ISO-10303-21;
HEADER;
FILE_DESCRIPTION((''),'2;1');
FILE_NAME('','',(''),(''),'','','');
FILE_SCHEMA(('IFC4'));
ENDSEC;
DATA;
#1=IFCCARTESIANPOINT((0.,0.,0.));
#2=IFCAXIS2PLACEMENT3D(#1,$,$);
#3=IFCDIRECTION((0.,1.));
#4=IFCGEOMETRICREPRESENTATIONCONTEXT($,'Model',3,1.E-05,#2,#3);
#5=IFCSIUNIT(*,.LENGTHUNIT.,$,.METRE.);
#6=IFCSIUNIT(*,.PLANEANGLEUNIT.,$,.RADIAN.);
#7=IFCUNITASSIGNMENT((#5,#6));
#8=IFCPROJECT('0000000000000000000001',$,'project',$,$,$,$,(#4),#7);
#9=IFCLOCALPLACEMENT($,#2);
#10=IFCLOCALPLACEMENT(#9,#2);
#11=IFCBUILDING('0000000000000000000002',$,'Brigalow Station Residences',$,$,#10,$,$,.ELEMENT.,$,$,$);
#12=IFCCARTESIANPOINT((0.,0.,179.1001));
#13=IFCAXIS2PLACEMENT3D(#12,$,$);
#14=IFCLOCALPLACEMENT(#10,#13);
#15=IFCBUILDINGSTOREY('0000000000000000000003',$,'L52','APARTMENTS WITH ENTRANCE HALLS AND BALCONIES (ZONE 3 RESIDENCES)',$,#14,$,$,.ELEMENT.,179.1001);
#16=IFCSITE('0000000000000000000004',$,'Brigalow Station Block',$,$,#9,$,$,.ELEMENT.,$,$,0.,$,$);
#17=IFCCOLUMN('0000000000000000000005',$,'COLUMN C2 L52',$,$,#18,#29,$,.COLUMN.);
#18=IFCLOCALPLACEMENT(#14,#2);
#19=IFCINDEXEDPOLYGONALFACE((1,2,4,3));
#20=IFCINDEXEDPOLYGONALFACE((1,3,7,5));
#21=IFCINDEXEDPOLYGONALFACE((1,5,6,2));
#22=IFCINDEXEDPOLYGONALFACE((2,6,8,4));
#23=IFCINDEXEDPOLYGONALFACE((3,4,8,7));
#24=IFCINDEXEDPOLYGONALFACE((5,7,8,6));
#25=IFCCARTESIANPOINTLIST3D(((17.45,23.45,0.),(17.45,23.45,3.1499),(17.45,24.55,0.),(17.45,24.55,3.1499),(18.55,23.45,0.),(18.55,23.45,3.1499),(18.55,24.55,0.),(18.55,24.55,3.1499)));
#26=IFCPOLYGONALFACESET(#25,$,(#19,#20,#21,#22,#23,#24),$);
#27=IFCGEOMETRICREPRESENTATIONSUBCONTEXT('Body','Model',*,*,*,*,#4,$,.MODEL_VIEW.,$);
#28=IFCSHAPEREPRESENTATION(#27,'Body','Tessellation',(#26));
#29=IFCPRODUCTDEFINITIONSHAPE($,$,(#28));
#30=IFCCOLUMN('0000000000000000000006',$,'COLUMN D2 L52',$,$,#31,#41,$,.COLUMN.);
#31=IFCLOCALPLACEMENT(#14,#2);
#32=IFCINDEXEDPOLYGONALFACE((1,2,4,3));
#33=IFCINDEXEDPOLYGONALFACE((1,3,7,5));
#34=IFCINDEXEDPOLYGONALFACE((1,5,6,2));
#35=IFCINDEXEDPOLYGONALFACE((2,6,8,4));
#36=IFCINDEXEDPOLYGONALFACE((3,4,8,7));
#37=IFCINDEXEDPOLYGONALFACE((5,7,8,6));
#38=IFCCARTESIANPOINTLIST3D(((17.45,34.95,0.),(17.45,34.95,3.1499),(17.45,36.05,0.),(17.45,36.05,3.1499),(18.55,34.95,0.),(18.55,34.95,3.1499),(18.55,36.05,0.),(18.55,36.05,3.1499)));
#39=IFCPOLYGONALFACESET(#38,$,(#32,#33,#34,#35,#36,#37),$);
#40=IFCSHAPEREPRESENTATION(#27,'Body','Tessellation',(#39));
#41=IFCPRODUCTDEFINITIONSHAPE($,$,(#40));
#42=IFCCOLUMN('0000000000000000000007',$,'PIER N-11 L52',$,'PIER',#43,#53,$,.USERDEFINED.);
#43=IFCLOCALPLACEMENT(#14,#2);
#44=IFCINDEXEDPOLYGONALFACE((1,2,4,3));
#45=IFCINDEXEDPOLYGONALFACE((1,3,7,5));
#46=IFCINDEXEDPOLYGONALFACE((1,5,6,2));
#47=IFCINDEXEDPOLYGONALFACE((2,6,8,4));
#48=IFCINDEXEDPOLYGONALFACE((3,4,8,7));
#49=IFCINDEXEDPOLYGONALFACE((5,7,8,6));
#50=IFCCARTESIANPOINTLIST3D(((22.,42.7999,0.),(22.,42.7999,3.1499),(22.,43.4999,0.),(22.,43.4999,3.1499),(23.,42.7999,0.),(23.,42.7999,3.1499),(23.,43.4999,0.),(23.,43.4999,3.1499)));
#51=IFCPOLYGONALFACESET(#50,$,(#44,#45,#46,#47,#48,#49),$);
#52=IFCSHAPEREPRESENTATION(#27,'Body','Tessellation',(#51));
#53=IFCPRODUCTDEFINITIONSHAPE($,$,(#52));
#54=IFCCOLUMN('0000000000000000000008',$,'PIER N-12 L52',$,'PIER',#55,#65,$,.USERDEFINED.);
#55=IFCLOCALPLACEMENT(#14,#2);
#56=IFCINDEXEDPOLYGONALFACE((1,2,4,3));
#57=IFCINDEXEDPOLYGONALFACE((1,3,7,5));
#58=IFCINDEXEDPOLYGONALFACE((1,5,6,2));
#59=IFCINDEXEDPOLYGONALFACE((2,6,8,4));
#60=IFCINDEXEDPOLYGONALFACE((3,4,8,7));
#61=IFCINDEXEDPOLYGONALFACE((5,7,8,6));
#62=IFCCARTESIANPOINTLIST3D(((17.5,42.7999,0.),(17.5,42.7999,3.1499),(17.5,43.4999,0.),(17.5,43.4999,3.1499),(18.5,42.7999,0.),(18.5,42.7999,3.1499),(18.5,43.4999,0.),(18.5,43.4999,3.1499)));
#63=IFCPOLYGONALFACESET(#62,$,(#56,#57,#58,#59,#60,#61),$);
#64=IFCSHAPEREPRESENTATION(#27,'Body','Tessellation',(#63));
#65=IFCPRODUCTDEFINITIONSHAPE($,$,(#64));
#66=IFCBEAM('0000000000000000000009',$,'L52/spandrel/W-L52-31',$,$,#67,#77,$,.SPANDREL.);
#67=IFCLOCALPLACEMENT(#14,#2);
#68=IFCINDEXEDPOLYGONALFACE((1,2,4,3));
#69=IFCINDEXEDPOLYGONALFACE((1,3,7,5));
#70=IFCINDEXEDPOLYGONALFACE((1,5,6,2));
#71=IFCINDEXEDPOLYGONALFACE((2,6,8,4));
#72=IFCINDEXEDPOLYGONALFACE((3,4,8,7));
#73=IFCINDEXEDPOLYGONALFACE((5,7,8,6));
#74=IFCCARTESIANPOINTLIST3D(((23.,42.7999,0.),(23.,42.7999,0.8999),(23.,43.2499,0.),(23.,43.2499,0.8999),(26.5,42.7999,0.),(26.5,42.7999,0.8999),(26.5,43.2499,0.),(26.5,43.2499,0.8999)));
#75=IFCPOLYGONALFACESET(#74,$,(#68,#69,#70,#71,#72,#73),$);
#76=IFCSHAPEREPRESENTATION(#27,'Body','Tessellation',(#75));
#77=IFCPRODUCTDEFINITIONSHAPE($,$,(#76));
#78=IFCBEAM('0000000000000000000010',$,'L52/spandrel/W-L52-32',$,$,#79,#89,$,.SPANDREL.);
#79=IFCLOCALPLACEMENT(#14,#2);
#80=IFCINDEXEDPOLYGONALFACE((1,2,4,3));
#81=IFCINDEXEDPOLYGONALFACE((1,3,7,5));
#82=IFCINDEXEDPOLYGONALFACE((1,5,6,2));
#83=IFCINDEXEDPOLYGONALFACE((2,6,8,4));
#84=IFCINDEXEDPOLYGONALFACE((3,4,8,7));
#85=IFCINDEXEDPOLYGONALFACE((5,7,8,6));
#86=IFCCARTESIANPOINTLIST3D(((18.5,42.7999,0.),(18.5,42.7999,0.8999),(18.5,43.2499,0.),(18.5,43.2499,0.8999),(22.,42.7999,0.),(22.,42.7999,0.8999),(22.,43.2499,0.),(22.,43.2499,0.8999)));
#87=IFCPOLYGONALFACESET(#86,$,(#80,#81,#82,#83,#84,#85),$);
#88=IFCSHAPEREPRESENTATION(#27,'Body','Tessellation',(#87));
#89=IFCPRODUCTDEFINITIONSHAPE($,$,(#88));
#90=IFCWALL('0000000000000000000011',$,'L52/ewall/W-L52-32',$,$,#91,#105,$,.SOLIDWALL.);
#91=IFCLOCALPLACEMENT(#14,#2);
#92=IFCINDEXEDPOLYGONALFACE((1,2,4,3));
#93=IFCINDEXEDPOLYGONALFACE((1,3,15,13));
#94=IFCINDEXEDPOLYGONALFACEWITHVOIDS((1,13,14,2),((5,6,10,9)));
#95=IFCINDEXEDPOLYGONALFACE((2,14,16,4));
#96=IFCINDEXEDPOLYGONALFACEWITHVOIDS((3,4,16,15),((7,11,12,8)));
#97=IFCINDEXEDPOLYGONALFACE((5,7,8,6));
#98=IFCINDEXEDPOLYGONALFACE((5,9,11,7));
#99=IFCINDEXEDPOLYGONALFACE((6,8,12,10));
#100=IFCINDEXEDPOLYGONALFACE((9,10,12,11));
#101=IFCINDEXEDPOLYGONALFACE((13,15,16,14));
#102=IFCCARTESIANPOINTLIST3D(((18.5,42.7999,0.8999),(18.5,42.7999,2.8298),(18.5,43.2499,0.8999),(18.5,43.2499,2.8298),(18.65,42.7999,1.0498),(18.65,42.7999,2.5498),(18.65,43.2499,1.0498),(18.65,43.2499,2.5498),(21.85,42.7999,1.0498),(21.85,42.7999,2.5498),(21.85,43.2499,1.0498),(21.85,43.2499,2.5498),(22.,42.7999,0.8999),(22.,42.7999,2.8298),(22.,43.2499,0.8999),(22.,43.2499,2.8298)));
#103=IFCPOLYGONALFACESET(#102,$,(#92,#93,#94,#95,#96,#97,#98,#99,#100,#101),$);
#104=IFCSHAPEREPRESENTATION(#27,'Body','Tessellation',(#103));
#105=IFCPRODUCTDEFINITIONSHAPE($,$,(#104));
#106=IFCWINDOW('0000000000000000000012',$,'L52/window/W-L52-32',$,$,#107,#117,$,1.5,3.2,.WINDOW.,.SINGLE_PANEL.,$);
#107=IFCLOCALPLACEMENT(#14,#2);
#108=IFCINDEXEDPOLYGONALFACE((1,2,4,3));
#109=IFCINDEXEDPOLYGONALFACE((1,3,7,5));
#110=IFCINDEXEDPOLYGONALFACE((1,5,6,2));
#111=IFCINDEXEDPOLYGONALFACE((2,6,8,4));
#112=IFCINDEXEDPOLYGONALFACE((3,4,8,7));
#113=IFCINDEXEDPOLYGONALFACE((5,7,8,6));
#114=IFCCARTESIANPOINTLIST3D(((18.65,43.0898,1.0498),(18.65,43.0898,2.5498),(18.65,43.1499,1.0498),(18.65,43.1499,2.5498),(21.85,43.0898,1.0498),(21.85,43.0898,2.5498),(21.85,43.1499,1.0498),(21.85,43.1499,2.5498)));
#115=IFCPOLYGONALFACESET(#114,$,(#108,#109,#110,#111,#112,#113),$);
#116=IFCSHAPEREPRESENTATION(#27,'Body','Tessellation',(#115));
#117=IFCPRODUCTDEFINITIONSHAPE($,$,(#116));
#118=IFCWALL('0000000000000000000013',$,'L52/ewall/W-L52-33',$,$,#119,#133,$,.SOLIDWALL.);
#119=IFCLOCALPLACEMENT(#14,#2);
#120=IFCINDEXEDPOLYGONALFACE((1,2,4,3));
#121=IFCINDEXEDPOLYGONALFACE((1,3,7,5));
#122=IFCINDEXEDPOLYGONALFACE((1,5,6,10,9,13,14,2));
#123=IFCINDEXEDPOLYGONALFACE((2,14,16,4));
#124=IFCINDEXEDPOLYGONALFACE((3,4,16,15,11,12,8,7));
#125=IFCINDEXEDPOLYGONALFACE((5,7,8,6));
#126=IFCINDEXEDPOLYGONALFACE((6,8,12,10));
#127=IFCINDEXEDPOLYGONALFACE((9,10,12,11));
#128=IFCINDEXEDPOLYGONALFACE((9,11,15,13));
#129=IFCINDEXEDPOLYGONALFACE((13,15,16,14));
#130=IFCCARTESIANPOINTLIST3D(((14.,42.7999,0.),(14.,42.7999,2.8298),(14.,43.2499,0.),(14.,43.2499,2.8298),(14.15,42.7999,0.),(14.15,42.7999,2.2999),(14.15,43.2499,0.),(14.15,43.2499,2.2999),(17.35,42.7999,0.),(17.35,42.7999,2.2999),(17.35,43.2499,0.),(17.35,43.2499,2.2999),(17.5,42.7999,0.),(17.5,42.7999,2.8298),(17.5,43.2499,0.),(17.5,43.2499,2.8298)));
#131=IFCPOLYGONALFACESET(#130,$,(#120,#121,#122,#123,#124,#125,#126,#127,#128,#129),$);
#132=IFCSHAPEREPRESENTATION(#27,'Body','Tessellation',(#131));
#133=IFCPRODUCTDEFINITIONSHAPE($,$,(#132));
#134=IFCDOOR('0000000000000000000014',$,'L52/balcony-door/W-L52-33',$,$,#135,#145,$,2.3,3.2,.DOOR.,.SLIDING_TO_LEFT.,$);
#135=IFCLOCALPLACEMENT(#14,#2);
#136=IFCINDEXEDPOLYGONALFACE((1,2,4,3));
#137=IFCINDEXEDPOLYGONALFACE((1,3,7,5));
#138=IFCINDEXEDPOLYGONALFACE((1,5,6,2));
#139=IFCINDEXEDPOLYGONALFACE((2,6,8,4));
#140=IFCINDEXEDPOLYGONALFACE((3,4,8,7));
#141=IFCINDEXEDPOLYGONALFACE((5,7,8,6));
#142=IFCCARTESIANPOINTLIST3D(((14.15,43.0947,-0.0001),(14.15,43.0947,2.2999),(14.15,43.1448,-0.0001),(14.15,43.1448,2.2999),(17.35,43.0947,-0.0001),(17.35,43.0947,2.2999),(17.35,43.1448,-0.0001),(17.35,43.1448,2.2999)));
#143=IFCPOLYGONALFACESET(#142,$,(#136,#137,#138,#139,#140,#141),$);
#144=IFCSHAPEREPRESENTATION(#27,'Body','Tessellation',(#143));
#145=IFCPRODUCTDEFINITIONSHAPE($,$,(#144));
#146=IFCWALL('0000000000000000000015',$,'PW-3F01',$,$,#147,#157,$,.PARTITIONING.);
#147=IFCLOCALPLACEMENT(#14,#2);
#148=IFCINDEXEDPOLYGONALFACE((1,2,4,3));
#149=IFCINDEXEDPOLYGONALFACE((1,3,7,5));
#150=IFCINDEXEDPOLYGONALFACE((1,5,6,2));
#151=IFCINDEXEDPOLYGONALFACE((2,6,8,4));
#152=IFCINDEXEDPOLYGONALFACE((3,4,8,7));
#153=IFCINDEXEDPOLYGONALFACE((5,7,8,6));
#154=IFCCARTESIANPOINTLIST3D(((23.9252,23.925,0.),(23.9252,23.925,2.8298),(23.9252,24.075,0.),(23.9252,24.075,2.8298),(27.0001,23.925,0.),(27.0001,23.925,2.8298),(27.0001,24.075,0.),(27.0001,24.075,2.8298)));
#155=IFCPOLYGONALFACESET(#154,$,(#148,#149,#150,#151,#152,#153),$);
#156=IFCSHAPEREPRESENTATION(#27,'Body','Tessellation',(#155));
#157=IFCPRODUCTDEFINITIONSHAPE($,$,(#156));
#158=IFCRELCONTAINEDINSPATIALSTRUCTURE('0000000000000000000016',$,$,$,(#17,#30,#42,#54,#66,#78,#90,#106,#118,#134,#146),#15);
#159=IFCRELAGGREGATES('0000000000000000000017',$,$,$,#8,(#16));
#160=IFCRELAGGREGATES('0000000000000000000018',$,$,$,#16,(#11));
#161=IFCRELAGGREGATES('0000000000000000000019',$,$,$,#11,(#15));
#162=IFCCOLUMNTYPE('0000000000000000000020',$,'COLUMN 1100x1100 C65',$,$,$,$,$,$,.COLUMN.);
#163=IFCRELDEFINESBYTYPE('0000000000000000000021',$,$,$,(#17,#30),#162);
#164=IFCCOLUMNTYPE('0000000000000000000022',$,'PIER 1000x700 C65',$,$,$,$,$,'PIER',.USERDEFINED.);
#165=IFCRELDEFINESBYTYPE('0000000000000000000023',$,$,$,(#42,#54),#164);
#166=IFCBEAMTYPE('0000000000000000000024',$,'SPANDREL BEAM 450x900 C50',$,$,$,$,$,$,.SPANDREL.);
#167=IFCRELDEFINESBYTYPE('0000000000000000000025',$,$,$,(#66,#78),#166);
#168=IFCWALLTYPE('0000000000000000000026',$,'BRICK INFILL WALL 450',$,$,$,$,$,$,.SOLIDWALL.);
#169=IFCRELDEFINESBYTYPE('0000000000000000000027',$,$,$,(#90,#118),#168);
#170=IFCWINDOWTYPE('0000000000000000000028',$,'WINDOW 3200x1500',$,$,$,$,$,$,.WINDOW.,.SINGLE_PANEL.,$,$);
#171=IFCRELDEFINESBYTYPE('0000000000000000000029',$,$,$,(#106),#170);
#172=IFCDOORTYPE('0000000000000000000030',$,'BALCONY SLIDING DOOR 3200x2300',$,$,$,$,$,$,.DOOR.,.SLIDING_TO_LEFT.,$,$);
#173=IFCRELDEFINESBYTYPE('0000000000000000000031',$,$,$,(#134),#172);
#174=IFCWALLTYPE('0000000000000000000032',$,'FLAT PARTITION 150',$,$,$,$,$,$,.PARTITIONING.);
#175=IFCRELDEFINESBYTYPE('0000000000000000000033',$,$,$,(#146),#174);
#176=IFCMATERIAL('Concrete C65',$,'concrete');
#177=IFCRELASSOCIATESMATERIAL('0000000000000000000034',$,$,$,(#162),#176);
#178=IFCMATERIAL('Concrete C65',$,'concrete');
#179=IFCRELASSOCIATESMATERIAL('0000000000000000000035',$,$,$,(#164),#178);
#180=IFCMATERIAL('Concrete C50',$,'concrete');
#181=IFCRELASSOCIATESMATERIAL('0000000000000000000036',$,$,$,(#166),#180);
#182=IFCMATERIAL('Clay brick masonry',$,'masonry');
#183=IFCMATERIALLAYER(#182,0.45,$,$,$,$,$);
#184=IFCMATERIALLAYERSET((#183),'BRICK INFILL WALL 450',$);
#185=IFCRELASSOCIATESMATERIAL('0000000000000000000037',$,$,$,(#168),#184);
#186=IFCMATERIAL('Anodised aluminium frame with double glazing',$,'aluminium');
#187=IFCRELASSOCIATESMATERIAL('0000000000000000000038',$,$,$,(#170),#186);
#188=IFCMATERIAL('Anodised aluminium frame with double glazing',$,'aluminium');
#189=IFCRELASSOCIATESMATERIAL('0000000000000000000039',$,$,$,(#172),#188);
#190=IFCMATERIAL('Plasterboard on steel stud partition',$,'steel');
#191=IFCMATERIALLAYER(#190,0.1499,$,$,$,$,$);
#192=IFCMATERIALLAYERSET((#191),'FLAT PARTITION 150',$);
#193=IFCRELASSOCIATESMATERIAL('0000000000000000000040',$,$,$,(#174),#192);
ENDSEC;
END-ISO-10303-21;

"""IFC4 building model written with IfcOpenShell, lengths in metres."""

from ifc_helpers import new_model, si_unit, direction, frame, frame_2d, origin, origin_2d, place, context, subcontext, project, spatial, rectangle, extrude, material, layer, layer_set, material_profile, profile_set, type_object, element, fill, save


model = new_model("IFC4")

# Units and contexts
model_context = context("Model", 3, precision=1e-05, world=origin(), true_north=direction((0.0, 1.0)))
body_context = subcontext(model_context, "Body", "Model", "MODEL_VIEW")
ifc_project = project(units=[si_unit("LENGTHUNIT", "METRE"), si_unit("PLANEANGLEUNIT", "RADIAN")], contexts=[model_context])

# Site, building, storey
site_placement = place(None, origin())
site = spatial("IfcSite", under=ifc_project, at=site_placement, Name="Brigalow Station Block", CompositionType="ELEMENT", RefElevation=0.0)
building_placement = place(site_placement, origin())
building = spatial("IfcBuilding", under=site, at=building_placement, Name="Brigalow Station Residences", CompositionType="ELEMENT")
storey_placement = place(building_placement, frame((0.0, 0.0, 179.1001)))
storey = spatial("IfcBuildingStorey", under=building, at=storey_placement, Name="L52", Description="APARTMENTS WITH ENTRANCE HALLS AND BALCONIES (ZONE 3 RESIDENCES)", CompositionType="ELEMENT", Elevation=179.1001)

# Columns
ifc_material_1 = material(Name="Concrete C65", Category="concrete")
ifc_material_profile_1 = material_profile(ifc_material_1, rectangle(XDim=1.1001, YDim=1.1001, at=origin_2d()), Name="RC1100x1100")
ifc_profile_set_1 = profile_set([ifc_material_profile_1], Name="Concrete C65")
column_type_1 = type_object("IfcColumnType", Name="COLUMN 1100x1100 C65", PredefinedType="COLUMN", material=ifc_profile_set_1)
for number, where, z_axis, x_axis, name in (
    (1, (18.0, 24.0, 0.0), (0.0, 0.0, 1.0), (1.0, 0.0, 0.0), "COLUMN C2 L52"),
    (2, (18.0, 35.5, 0.0), (0.0, 0.0, 1.0), (1.0, 0.0, 0.0), "COLUMN D2 L52"),
):
    element("IfcColumn", number, at=place(storey_placement, frame(where, z_axis=z_axis, x_axis=x_axis)), inside=storey, type_object=column_type_1, Name=name, PredefinedType="COLUMN", context=body_context, shape_type="SweptSolid", body=[
        extrude(rectangle(XDim=1.1001, YDim=1.1001, at=origin_2d()), origin(), (0.0, 0.0, 1.0), 3.1499),
    ])
ifc_material_2 = material(Name="Concrete C65", Category="concrete")
ifc_material_profile_2 = material_profile(ifc_material_2, rectangle(XDim=1.0, YDim=0.7, at=origin_2d()), Name="RC1000x700")
ifc_profile_set_2 = profile_set([ifc_material_profile_2], Name="Concrete C65")
column_type_2 = type_object("IfcColumnType", Name="PIER 1000x700 C65", ElementType="PIER", PredefinedType="USERDEFINED", material=ifc_profile_set_2)
for number, where, z_axis, x_axis, name in (
    (3, (22.5, 43.1499, 0.0), (0.0, 0.0, 1.0), (-1.0, 0.0, 0.0), "PIER N-11 L52"),
    (4, (18.0, 43.1499, 0.0), (0.0, 0.0, 1.0), (-1.0, 0.0, 0.0), "PIER N-12 L52"),
):
    element("IfcColumn", number, at=place(storey_placement, frame(where, z_axis=z_axis, x_axis=x_axis)), inside=storey, type_object=column_type_2, Name=name, ObjectType="PIER", PredefinedType="USERDEFINED", context=body_context, shape_type="SweptSolid", body=[
        extrude(rectangle(XDim=1.0, YDim=0.7, at=origin_2d()), origin(), (0.0, 0.0, 1.0), 3.1499),
    ])

# Beams
ifc_material_3 = material(Name="Concrete C50", Category="concrete")
ifc_material_profile_3 = material_profile(ifc_material_3, rectangle(XDim=0.45, YDim=0.8999, at=origin_2d()), Name="RC450x900")
ifc_profile_set_3 = profile_set([ifc_material_profile_3], Name="Concrete C50")
beam_type = type_object("IfcBeamType", Name="SPANDREL BEAM 450x900 C50", PredefinedType="SPANDREL", material=ifc_profile_set_3)
for number, where, z_axis, x_axis, name in (
    (5, (26.5, 43.0249, 0.45), (-1.0, 0.0, 0.0), (0.0, -1.0, 0.0), "L52/spandrel/W-L52-31"),
    (6, (22.0, 43.0249, 0.45), (-1.0, 0.0, 0.0), (0.0, -1.0, 0.0), "L52/spandrel/W-L52-32"),
):
    element("IfcBeam", number, at=place(storey_placement, frame(where, z_axis=z_axis, x_axis=x_axis)), inside=storey, type_object=beam_type, Name=name, PredefinedType="SPANDREL", context=body_context, shape_type="SweptSolid", body=[
        extrude(rectangle(XDim=0.45, YDim=0.8999, at=origin_2d()), origin(), (0.0, 0.0, 1.0), 3.5),
    ])

# Wall, opening, window
ifc_material_4 = material(Name="Clay brick masonry", Category="masonry")
ifc_layer_1 = layer(ifc_material_4, 0.45)
ifc_layer_set_1 = layer_set([ifc_layer_1], Name="BRICK INFILL WALL 450")
wall_type_1 = type_object("IfcWallType", Name="BRICK INFILL WALL 450", PredefinedType="SOLIDWALL", material=ifc_layer_set_1)
wall_1_placement = place(storey_placement, frame((22.0, 43.0249, 0.8999), z_axis=(0.0, 0.0, 1.0), x_axis=(-1.0, 0.0, 0.0)))
wall_1 = element("IfcWall", 7, at=wall_1_placement, inside=storey, type_object=wall_type_1, Name="L52/ewall/W-L52-32", PredefinedType="SOLIDWALL", context=body_context, shape_type="SweptSolid", body=[
    extrude(rectangle(XDim=3.5, YDim=0.45, at=frame_2d((1.75, 0.0))), origin(), (0.0, 0.0, 1.0), 1.9299),
])
opening_1_placement = place(wall_1_placement, frame((0.1499, 0.0, 0.1499)))
opening_1 = element("IfcOpeningElement", 8, at=opening_1_placement, cuts=wall_1, PredefinedType="OPENING", context=body_context, shape_type="SweptSolid", body=[
    extrude(rectangle(XDim=3.2, YDim=1.5, at=frame_2d((1.6001, 0.75))), frame((0.0, 0.2349, 0.0), z_axis=(0.0, -1.0, 0.0), x_axis=(1.0, 0.0, 0.0)), (0.0, 0.0, 1.0), 0.47),
])
ifc_material_5 = material(Name="Anodised aluminium frame with double glazing", Category="aluminium")
window_type = type_object("IfcWindowType", Name="WINDOW 3200x1500", PartitioningType="SINGLE_PANEL", PredefinedType="WINDOW", material=ifc_material_5)
window_placement = place(opening_1_placement, origin())
window = element("IfcWindow", 9, at=window_placement, inside=storey, type_object=window_type, Name="L52/window/W-L52-32", OverallHeight=1.5, OverallWidth=3.2, PartitioningType="SINGLE_PANEL", PredefinedType="WINDOW", context=body_context, shape_type="SweptSolid", body=[
    extrude(rectangle(XDim=3.2, YDim=1.5, at=frame_2d((1.6001, 0.75))), frame((0.0, -0.0649, 0.0), z_axis=(0.0, -1.0, 0.0), x_axis=(1.0, 0.0, 0.0)), (0.0, 0.0, 1.0), 0.0601),
])
fill(opening_1, window)

# Wall, opening, door
wall_2_placement = place(storey_placement, frame((17.5, 43.0249, 0.0), z_axis=(0.0, 0.0, 1.0), x_axis=(-1.0, 0.0, 0.0)))
wall_2 = element("IfcWall", 10, at=wall_2_placement, inside=storey, type_object=wall_type_1, Name="L52/ewall/W-L52-33", PredefinedType="SOLIDWALL", context=body_context, shape_type="SweptSolid", body=[
    extrude(rectangle(XDim=3.5, YDim=0.45, at=frame_2d((1.75, 0.0))), origin(), (0.0, 0.0, 1.0), 2.8298),
])
opening_2_placement = place(wall_2_placement, frame((0.1499, 0.0, 0.0)))
opening_2 = element("IfcOpeningElement", 11, at=opening_2_placement, cuts=wall_2, PredefinedType="OPENING", context=body_context, shape_type="SweptSolid", body=[
    extrude(rectangle(XDim=3.2, YDim=2.3, at=frame_2d((1.6001, 1.1499))), frame((0.0, 0.2349, 0.0), z_axis=(0.0, -1.0, 0.0), x_axis=(1.0, 0.0, 0.0)), (0.0, 0.0, 1.0), 0.47),
])
ifc_material_6 = material(Name="Anodised aluminium frame with double glazing", Category="aluminium")
door_type_1 = type_object("IfcDoorType", Name="BALCONY SLIDING DOOR 3200x2300", OperationType="SLIDING_TO_LEFT", PredefinedType="DOOR", material=ifc_material_6)
door_1_placement = place(opening_2_placement, origin())
door_1 = element("IfcDoor", 12, at=door_1_placement, inside=storey, type_object=door_type_1, Name="L52/balcony-door/W-L52-33", OperationType="SLIDING_TO_LEFT", OverallHeight=2.3, OverallWidth=3.2, PredefinedType="DOOR", context=body_context, shape_type="SweptSolid", body=[
    extrude(rectangle(XDim=3.2, YDim=2.3, at=frame_2d((1.6001, 1.1499))), frame((0.0, -0.0698, 0.0), z_axis=(0.0, -1.0, 0.0), x_axis=(1.0, 0.0, 0.0)), (0.0, 0.0, 1.0), 0.05),
])
fill(opening_2, door_1)

# Wall
ifc_material_7 = material(Name="Plasterboard on steel stud partition", Category="steel")
ifc_layer_2 = layer(ifc_material_7, 0.1499)
ifc_layer_set_2 = layer_set([ifc_layer_2], Name="FLAT PARTITION 150")
wall_type_2 = type_object("IfcWallType", Name="FLAT PARTITION 150", PredefinedType="PARTITIONING", material=ifc_layer_set_2)
wall_3_placement = place(storey_placement, frame((23.925, 24.0, 0.0), z_axis=(0.0, 0.0, 1.0), x_axis=(1.0, 0.0, 0.0)))
element("IfcWall", 13, at=wall_3_placement, inside=storey, type_object=wall_type_2, Name="PW-3F01", PredefinedType="PARTITIONING", context=body_context, shape_type="SweptSolid", body=[
    extrude(rectangle(XDim=3.075, YDim=0.1499, at=frame_2d((1.5376, 0.0))), origin(), (0.0, 0.0, 1.0), 2.8298),
])

save(model, "model.ifc")
